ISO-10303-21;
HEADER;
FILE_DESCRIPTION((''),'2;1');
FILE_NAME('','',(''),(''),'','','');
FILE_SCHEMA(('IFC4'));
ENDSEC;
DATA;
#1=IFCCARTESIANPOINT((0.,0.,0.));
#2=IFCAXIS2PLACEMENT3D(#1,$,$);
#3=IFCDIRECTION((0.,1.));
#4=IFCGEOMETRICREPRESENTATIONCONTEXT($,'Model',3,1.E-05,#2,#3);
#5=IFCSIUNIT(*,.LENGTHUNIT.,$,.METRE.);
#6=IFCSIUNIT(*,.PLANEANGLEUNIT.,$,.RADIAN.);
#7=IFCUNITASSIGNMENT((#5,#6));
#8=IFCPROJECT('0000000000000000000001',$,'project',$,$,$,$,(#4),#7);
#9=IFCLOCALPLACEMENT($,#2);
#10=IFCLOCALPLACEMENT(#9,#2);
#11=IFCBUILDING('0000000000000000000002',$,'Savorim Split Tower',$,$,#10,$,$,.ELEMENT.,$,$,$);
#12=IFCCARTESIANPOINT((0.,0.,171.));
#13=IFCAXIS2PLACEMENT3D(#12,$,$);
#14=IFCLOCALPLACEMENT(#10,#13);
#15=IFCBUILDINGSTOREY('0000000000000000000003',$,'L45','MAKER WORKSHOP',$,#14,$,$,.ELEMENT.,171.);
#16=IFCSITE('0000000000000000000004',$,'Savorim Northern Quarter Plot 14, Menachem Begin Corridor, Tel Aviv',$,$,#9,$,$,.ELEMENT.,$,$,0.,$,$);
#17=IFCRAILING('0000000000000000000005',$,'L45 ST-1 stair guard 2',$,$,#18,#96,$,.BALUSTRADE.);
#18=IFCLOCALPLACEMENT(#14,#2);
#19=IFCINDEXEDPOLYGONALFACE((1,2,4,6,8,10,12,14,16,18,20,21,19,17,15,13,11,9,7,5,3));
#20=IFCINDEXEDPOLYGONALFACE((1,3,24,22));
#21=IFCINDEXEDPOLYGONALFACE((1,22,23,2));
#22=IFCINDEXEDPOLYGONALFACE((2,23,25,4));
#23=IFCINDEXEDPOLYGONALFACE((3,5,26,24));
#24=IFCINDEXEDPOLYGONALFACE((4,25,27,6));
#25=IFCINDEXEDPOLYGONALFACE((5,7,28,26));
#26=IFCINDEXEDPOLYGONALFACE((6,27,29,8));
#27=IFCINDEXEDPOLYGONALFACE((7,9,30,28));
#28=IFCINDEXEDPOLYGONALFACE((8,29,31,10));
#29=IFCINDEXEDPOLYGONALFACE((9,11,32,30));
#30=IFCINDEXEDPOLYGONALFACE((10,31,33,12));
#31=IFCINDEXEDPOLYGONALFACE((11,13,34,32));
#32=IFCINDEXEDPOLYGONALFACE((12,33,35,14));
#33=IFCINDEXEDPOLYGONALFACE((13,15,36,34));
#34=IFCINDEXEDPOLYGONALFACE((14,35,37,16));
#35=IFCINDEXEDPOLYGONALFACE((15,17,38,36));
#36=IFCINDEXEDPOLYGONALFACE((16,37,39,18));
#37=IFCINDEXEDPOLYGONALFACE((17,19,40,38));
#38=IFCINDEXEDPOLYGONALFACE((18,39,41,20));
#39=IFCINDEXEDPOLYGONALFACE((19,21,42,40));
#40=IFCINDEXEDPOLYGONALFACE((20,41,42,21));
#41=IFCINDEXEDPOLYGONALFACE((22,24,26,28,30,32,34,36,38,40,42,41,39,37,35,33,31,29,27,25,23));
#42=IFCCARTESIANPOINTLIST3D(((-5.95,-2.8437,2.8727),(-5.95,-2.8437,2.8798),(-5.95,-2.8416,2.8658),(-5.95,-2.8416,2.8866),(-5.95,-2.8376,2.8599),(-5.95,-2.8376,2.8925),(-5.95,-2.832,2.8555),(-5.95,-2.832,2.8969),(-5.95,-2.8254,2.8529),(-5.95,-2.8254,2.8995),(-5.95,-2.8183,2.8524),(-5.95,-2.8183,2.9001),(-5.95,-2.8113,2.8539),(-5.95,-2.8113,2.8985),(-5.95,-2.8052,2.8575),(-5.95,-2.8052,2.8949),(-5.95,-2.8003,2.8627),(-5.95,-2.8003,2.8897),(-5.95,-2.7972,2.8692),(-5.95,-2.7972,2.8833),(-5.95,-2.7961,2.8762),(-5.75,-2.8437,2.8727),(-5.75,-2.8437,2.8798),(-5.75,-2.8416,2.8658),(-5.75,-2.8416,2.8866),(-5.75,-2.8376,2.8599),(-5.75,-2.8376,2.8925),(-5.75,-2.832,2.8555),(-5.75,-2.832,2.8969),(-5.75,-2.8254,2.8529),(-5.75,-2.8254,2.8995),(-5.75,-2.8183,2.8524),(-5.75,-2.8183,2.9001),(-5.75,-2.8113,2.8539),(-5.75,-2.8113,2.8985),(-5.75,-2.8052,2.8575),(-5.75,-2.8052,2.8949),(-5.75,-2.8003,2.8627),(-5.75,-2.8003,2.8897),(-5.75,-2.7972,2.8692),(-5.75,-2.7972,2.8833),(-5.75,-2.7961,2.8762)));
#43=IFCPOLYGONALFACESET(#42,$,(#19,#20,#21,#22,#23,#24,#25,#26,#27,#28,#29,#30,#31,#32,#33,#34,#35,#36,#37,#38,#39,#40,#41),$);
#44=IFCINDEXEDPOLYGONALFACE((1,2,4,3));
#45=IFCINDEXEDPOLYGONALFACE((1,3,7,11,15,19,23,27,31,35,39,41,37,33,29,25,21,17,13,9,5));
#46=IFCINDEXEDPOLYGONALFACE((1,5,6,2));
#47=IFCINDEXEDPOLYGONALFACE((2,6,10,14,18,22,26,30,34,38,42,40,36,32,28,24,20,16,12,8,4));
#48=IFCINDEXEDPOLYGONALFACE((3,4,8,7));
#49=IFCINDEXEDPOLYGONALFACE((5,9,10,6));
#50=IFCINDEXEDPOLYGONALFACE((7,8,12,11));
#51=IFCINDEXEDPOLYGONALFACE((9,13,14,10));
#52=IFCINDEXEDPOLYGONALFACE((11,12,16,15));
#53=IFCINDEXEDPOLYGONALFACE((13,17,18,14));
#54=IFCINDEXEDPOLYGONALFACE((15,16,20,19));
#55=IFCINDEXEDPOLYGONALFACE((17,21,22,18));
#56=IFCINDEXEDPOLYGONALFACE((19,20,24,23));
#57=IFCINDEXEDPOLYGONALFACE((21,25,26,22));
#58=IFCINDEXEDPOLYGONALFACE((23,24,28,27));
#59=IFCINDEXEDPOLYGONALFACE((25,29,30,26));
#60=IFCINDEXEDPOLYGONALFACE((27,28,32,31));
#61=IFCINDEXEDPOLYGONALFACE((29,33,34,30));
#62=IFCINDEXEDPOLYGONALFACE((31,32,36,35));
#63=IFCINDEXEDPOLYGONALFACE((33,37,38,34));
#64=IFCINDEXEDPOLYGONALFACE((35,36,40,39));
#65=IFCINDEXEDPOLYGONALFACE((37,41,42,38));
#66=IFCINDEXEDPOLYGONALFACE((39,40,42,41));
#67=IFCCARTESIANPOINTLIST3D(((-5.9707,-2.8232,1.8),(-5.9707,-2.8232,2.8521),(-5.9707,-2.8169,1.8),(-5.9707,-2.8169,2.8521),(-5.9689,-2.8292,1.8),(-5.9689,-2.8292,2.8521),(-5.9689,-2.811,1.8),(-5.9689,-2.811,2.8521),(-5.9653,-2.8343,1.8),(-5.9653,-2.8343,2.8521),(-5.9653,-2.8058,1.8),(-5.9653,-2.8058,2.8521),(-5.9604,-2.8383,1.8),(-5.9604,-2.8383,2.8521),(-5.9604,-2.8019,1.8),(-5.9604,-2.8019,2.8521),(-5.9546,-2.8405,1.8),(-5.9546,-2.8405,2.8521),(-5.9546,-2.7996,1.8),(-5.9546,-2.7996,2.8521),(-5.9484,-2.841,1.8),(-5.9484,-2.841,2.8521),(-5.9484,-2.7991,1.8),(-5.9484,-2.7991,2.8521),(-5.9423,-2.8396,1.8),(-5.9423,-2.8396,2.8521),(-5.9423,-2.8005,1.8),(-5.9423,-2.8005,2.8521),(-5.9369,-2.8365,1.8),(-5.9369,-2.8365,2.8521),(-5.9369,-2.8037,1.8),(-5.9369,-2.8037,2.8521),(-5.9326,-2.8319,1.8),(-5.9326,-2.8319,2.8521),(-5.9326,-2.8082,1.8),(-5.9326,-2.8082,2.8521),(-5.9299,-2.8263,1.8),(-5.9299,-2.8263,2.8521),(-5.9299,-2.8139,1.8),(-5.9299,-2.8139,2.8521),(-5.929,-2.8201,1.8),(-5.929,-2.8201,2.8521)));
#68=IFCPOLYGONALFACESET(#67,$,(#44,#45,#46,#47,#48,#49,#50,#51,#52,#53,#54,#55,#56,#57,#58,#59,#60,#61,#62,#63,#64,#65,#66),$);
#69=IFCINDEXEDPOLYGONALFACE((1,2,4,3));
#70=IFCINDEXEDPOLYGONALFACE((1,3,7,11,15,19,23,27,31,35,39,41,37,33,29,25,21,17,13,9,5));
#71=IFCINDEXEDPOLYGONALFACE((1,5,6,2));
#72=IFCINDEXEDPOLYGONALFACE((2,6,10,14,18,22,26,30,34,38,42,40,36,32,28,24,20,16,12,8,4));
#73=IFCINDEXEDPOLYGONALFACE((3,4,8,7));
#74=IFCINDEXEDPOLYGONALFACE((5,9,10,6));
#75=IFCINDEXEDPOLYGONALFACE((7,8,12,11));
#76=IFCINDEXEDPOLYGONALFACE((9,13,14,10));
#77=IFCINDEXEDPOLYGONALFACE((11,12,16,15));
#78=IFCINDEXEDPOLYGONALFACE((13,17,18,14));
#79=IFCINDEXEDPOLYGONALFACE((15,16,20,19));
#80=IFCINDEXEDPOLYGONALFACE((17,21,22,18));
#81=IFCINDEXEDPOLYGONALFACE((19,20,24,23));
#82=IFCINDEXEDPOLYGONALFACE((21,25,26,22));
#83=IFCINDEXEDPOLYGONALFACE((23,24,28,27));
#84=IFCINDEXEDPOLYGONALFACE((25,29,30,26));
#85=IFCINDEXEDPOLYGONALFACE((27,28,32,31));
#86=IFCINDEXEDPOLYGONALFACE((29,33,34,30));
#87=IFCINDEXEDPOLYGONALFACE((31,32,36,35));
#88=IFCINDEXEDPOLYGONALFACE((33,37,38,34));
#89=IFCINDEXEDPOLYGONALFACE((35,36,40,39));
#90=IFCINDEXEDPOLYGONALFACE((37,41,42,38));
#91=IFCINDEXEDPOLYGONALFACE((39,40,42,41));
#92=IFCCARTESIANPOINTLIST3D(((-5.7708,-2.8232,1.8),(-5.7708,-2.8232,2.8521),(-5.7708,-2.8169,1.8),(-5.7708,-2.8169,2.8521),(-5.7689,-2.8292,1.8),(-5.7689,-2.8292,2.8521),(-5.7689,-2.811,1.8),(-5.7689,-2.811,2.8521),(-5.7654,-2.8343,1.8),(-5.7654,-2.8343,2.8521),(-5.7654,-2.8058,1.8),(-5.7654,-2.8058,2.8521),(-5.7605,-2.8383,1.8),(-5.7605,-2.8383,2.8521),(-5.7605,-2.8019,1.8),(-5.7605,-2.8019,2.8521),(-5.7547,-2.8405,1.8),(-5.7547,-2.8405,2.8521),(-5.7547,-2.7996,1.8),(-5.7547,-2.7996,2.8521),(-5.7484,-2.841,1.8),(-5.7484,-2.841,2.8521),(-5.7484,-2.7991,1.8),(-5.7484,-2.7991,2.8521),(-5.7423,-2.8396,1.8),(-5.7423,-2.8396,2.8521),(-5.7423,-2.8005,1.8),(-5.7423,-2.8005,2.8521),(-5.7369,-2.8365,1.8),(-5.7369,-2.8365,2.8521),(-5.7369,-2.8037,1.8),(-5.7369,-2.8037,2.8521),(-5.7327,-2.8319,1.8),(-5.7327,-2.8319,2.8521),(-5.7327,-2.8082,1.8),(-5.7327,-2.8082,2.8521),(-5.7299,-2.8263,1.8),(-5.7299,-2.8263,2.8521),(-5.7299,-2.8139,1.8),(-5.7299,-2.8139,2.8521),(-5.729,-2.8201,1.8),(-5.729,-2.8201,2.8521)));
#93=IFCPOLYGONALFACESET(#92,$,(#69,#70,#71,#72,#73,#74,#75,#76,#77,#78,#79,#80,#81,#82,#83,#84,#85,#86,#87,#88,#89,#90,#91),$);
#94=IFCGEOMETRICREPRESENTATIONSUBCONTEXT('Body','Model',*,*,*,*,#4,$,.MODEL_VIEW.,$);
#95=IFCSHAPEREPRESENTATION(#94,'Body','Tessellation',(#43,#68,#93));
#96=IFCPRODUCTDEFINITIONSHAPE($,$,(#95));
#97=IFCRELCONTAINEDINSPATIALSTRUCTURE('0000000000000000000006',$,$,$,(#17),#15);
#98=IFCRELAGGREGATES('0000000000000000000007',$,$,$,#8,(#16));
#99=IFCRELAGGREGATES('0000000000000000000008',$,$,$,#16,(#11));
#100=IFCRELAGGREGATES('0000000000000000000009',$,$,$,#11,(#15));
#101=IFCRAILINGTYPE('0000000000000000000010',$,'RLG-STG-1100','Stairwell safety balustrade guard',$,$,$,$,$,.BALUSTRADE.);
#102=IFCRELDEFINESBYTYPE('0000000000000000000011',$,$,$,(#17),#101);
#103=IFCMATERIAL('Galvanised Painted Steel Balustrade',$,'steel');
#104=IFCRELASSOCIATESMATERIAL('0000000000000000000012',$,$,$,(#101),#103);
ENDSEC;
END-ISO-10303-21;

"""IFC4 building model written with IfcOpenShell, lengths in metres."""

from ifc_helpers import new_model, si_unit, direction, frame, origin, origin_2d, place, context, subcontext, project, spatial, circle, extrude, material, type_object, element, save


model = new_model("IFC4")

# Units and contexts
model_context = context("Model", 3, precision=1e-05, world=origin(), true_north=direction((0.0, 1.0)))
body_context = subcontext(model_context, "Body", "Model", "MODEL_VIEW")
ifc_project = project(units=[si_unit("LENGTHUNIT", "METRE"), si_unit("PLANEANGLEUNIT", "RADIAN")], contexts=[model_context])

# Site, building, storey
site_placement = place(None, origin())
site = spatial("IfcSite", under=ifc_project, at=site_placement, Name="Savorim Northern Quarter Plot 14, Menachem Begin Corridor, Tel Aviv", CompositionType="ELEMENT", RefElevation=0.0)
building_placement = place(site_placement, origin())
building = spatial("IfcBuilding", under=site, at=building_placement, Name="Savorim Split Tower", CompositionType="ELEMENT")
storey_placement = place(building_placement, frame((0.0, 0.0, 171.0)))
storey = spatial("IfcBuildingStorey", under=building, at=storey_placement, Name="L45", Description="MAKER WORKSHOP", CompositionType="ELEMENT", Elevation=171.0)

# Railing
ifc_material_1 = material(Name="Galvanised Painted Steel Balustrade", Category="steel")
railing_type_1 = type_object("IfcRailingType", Name="RLG-STG-1100", Description="Stairwell safety balustrade guard", PredefinedType="BALUSTRADE", material=ifc_material_1)
railing_1_placement = place(storey_placement, frame((-5.95, -2.8201, 1.8)))
element("IfcRailing", 1, at=railing_1_placement, inside=storey, type_object=railing_type_1, Name="L45 ST-1 stair guard 2", PredefinedType="BALUSTRADE", context=body_context, shape_type="SweptSolid", body=[
    extrude(circle(Radius=0.0239, at=origin_2d()), frame((0.0, 0.0, 1.0762), z_axis=(1.0, 0.0, 0.0), x_axis=(0.0, 1.0, 0.0)), (0.0, 0.0, 1.0), 0.2),
    extrude(circle(Radius=0.021, at=origin_2d()), origin(), (0.0, 0.0, 1.0), 1.052),
    extrude(circle(Radius=0.021, at=origin_2d()), frame((0.2, 0.0, 0.0)), (0.0, 0.0, 1.0), 1.052),
])

save(model, "model.ifc")
